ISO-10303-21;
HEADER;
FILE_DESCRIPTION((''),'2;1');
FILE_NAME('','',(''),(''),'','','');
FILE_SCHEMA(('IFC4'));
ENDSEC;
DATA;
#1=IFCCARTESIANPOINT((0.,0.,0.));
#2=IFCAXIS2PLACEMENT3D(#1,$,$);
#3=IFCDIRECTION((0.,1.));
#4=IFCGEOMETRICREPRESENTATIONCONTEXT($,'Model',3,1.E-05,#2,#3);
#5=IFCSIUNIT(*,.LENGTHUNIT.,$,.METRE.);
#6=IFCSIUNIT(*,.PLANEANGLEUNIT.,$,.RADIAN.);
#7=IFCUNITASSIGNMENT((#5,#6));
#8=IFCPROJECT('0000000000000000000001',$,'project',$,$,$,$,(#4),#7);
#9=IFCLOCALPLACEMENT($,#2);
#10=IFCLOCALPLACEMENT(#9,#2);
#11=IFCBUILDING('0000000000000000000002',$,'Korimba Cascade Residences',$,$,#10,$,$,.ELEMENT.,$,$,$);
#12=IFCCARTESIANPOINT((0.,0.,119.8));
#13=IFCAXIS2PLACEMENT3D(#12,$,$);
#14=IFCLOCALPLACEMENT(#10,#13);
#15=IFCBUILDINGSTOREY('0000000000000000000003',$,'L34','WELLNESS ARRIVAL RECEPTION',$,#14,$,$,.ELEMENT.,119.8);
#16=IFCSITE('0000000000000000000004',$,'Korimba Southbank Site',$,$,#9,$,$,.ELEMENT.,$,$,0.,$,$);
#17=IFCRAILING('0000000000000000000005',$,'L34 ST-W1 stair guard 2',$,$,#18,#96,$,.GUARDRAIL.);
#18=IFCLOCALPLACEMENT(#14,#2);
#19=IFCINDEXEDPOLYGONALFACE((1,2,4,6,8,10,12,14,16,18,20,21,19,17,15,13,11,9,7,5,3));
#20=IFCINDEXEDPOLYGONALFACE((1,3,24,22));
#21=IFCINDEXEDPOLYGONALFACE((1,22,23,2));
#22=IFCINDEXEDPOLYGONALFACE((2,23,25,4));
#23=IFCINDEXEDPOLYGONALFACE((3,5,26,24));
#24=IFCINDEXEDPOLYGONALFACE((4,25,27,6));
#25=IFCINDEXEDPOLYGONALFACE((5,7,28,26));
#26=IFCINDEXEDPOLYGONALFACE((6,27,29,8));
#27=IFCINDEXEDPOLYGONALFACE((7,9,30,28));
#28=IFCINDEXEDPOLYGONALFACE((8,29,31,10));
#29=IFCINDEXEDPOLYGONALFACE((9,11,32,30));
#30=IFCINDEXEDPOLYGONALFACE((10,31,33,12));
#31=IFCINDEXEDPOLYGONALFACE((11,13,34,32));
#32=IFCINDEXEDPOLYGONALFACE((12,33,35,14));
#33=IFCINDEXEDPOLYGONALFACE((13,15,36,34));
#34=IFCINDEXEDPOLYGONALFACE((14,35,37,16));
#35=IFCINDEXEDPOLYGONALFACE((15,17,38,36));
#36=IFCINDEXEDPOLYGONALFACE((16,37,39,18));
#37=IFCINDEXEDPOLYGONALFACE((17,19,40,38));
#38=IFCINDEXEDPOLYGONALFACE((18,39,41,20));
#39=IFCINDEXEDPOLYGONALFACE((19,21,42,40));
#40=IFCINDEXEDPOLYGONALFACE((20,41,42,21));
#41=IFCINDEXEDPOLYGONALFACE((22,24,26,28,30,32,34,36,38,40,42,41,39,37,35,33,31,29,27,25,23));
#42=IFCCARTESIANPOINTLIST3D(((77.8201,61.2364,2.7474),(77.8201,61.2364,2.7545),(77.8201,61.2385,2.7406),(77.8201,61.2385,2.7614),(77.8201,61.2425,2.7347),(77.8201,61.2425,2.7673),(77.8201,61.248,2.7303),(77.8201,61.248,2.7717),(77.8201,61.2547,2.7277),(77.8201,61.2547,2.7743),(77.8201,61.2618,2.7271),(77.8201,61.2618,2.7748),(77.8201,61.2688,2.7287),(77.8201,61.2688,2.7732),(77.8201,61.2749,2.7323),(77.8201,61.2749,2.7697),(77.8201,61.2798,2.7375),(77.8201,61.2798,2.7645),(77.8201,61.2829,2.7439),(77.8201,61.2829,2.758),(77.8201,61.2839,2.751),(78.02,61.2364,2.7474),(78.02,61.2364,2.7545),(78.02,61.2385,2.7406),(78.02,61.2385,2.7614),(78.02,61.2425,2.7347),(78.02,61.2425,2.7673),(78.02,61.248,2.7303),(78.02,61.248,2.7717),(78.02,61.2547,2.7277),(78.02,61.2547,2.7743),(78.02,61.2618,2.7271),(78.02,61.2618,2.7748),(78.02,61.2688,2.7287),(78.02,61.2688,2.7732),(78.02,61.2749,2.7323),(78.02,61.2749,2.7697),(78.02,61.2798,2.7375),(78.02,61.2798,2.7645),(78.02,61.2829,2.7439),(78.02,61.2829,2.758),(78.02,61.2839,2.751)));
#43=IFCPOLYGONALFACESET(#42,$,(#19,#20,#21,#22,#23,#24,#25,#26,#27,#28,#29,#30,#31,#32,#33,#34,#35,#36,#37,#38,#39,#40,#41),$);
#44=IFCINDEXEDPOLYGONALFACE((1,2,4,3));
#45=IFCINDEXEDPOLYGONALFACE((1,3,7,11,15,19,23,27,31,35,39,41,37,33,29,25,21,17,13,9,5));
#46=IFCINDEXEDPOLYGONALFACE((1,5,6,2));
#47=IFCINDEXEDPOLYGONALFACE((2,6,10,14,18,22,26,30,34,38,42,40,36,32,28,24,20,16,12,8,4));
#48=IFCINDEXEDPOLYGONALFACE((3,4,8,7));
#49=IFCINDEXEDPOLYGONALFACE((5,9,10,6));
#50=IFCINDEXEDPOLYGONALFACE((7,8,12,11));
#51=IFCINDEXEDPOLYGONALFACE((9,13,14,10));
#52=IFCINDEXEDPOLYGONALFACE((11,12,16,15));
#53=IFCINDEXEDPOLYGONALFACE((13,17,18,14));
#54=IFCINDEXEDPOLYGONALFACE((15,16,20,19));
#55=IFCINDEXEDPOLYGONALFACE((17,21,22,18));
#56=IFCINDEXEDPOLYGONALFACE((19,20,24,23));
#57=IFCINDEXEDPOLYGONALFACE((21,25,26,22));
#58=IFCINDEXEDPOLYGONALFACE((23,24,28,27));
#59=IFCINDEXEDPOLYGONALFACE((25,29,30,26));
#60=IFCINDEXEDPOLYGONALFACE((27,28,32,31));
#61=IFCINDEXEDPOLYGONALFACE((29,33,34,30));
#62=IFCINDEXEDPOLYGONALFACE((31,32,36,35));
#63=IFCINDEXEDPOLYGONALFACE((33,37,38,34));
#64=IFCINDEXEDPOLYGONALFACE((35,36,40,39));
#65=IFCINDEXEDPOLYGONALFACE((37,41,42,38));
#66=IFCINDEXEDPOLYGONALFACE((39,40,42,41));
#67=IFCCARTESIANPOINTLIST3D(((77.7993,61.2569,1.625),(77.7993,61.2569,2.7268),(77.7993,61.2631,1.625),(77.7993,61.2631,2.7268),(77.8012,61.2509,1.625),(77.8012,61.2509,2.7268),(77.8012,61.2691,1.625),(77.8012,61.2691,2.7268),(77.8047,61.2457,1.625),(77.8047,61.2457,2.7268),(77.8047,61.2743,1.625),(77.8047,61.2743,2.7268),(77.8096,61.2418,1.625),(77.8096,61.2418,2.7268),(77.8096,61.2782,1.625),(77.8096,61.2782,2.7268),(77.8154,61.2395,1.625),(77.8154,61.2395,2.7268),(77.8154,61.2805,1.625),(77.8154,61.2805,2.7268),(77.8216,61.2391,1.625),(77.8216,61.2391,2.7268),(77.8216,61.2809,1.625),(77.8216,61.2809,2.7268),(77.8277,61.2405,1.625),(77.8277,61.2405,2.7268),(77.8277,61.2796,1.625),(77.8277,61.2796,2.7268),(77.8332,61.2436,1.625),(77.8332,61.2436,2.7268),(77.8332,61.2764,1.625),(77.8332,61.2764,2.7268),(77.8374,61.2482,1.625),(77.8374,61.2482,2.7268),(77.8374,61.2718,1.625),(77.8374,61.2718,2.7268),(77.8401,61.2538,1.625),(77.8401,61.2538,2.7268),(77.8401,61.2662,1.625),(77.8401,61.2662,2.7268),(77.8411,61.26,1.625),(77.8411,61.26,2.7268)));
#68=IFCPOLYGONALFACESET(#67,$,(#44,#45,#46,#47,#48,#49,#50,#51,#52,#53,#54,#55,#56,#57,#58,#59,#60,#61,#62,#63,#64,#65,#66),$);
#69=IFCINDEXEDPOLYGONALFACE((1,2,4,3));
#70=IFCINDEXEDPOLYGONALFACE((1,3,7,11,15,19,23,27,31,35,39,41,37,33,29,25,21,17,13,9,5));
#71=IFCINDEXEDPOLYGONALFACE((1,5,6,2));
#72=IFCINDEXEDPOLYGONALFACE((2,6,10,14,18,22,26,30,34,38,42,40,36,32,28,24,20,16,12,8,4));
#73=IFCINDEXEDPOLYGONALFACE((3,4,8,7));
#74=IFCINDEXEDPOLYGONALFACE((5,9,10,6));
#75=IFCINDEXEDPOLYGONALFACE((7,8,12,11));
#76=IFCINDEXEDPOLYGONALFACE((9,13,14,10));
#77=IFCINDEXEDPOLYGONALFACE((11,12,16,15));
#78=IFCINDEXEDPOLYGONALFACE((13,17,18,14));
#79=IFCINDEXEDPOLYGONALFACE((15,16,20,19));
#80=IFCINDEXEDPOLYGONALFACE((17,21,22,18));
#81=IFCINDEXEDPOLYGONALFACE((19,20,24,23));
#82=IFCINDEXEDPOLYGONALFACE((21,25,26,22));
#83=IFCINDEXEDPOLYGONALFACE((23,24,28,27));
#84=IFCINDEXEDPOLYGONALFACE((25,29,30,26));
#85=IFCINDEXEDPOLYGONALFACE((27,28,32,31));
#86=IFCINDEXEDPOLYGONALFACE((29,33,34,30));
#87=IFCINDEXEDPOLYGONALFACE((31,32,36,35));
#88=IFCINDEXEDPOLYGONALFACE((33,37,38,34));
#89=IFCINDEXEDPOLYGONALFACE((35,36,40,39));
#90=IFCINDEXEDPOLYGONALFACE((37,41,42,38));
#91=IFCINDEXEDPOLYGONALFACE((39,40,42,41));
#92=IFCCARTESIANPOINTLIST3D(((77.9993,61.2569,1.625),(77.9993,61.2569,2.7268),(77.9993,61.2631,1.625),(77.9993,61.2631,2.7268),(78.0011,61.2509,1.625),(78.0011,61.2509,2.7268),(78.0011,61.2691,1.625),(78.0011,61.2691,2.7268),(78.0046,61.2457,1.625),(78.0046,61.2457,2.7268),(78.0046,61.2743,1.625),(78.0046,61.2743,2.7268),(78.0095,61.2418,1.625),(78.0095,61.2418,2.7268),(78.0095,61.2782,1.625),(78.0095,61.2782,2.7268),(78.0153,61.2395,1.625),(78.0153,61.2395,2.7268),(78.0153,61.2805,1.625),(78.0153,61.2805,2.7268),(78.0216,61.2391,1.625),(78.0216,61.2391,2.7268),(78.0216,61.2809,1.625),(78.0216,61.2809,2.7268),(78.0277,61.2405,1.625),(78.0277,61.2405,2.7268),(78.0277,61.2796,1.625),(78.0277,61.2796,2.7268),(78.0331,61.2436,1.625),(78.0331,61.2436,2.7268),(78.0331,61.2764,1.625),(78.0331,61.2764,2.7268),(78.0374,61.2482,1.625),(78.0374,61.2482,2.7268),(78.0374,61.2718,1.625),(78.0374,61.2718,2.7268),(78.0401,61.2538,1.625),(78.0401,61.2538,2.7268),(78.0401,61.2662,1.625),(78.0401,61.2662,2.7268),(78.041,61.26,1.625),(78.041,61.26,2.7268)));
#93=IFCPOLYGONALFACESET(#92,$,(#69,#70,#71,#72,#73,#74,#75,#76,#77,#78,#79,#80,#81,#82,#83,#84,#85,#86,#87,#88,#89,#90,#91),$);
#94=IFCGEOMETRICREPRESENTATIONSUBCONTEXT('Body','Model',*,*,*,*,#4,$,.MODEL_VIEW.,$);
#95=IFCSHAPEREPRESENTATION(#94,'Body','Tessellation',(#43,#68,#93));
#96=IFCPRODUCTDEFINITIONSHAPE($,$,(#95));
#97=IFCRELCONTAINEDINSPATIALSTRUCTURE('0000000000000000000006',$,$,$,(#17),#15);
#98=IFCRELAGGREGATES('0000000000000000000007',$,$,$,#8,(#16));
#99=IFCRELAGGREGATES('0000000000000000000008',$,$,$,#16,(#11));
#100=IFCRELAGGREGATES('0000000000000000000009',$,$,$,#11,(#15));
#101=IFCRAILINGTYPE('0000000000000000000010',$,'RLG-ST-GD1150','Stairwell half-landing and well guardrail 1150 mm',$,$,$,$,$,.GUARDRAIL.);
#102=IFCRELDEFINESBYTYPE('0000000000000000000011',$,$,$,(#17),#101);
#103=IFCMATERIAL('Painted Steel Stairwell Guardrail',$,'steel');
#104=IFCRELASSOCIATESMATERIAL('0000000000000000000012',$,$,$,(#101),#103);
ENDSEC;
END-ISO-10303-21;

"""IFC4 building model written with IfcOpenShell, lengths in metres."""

from ifc_helpers import new_model, si_unit, direction, frame, origin, origin_2d, place, context, subcontext, project, spatial, circle, extrude, material, type_object, element, save


model = new_model("IFC4")

# Units and contexts
model_context = context("Model", 3, precision=1e-05, world=origin(), true_north=direction((0.0, 1.0)))
body_context = subcontext(model_context, "Body", "Model", "MODEL_VIEW")
ifc_project = project(units=[si_unit("LENGTHUNIT", "METRE"), si_unit("PLANEANGLEUNIT", "RADIAN")], contexts=[model_context])

# Site, building, storey
site_placement = place(None, origin())
site = spatial("IfcSite", under=ifc_project, at=site_placement, Name="Korimba Southbank Site", CompositionType="ELEMENT", RefElevation=0.0)
building_placement = place(site_placement, origin())
building = spatial("IfcBuilding", under=site, at=building_placement, Name="Korimba Cascade Residences", CompositionType="ELEMENT")
storey_placement = place(building_placement, frame((0.0, 0.0, 119.8)))
storey = spatial("IfcBuildingStorey", under=building, at=storey_placement, Name="L34", Description="WELLNESS ARRIVAL RECEPTION", CompositionType="ELEMENT", Elevation=119.8)

# Railing
ifc_material_1 = material(Name="Painted Steel Stairwell Guardrail", Category="steel")
railing_type_1 = type_object("IfcRailingType", Name="RLG-ST-GD1150", Description="Stairwell half-landing and well guardrail 1150 mm", PredefinedType="GUARDRAIL", material=ifc_material_1)
railing_1_placement = place(storey_placement, frame((77.8201, 61.26, 1.625)))
element("IfcRailing", 1, at=railing_1_placement, inside=storey, type_object=railing_type_1, Name="L34 ST-W1 stair guard 2", PredefinedType="GUARDRAIL", context=body_context, shape_type="SweptSolid", body=[
    extrude(circle(Radius=0.0239, at=origin_2d()), frame((0.0, 0.0, 1.126), z_axis=(1.0, 0.0, 0.0), x_axis=(0.0, 1.0, 0.0)), (0.0, 0.0, 1.0), 0.2),
    extrude(circle(Radius=0.021, at=origin_2d()), origin(), (0.0, 0.0, 1.0), 1.1018),
    extrude(circle(Radius=0.021, at=origin_2d()), frame((0.2, 0.0, 0.0)), (0.0, 0.0, 1.0), 1.1018),
])

save(model, "model.ifc")
